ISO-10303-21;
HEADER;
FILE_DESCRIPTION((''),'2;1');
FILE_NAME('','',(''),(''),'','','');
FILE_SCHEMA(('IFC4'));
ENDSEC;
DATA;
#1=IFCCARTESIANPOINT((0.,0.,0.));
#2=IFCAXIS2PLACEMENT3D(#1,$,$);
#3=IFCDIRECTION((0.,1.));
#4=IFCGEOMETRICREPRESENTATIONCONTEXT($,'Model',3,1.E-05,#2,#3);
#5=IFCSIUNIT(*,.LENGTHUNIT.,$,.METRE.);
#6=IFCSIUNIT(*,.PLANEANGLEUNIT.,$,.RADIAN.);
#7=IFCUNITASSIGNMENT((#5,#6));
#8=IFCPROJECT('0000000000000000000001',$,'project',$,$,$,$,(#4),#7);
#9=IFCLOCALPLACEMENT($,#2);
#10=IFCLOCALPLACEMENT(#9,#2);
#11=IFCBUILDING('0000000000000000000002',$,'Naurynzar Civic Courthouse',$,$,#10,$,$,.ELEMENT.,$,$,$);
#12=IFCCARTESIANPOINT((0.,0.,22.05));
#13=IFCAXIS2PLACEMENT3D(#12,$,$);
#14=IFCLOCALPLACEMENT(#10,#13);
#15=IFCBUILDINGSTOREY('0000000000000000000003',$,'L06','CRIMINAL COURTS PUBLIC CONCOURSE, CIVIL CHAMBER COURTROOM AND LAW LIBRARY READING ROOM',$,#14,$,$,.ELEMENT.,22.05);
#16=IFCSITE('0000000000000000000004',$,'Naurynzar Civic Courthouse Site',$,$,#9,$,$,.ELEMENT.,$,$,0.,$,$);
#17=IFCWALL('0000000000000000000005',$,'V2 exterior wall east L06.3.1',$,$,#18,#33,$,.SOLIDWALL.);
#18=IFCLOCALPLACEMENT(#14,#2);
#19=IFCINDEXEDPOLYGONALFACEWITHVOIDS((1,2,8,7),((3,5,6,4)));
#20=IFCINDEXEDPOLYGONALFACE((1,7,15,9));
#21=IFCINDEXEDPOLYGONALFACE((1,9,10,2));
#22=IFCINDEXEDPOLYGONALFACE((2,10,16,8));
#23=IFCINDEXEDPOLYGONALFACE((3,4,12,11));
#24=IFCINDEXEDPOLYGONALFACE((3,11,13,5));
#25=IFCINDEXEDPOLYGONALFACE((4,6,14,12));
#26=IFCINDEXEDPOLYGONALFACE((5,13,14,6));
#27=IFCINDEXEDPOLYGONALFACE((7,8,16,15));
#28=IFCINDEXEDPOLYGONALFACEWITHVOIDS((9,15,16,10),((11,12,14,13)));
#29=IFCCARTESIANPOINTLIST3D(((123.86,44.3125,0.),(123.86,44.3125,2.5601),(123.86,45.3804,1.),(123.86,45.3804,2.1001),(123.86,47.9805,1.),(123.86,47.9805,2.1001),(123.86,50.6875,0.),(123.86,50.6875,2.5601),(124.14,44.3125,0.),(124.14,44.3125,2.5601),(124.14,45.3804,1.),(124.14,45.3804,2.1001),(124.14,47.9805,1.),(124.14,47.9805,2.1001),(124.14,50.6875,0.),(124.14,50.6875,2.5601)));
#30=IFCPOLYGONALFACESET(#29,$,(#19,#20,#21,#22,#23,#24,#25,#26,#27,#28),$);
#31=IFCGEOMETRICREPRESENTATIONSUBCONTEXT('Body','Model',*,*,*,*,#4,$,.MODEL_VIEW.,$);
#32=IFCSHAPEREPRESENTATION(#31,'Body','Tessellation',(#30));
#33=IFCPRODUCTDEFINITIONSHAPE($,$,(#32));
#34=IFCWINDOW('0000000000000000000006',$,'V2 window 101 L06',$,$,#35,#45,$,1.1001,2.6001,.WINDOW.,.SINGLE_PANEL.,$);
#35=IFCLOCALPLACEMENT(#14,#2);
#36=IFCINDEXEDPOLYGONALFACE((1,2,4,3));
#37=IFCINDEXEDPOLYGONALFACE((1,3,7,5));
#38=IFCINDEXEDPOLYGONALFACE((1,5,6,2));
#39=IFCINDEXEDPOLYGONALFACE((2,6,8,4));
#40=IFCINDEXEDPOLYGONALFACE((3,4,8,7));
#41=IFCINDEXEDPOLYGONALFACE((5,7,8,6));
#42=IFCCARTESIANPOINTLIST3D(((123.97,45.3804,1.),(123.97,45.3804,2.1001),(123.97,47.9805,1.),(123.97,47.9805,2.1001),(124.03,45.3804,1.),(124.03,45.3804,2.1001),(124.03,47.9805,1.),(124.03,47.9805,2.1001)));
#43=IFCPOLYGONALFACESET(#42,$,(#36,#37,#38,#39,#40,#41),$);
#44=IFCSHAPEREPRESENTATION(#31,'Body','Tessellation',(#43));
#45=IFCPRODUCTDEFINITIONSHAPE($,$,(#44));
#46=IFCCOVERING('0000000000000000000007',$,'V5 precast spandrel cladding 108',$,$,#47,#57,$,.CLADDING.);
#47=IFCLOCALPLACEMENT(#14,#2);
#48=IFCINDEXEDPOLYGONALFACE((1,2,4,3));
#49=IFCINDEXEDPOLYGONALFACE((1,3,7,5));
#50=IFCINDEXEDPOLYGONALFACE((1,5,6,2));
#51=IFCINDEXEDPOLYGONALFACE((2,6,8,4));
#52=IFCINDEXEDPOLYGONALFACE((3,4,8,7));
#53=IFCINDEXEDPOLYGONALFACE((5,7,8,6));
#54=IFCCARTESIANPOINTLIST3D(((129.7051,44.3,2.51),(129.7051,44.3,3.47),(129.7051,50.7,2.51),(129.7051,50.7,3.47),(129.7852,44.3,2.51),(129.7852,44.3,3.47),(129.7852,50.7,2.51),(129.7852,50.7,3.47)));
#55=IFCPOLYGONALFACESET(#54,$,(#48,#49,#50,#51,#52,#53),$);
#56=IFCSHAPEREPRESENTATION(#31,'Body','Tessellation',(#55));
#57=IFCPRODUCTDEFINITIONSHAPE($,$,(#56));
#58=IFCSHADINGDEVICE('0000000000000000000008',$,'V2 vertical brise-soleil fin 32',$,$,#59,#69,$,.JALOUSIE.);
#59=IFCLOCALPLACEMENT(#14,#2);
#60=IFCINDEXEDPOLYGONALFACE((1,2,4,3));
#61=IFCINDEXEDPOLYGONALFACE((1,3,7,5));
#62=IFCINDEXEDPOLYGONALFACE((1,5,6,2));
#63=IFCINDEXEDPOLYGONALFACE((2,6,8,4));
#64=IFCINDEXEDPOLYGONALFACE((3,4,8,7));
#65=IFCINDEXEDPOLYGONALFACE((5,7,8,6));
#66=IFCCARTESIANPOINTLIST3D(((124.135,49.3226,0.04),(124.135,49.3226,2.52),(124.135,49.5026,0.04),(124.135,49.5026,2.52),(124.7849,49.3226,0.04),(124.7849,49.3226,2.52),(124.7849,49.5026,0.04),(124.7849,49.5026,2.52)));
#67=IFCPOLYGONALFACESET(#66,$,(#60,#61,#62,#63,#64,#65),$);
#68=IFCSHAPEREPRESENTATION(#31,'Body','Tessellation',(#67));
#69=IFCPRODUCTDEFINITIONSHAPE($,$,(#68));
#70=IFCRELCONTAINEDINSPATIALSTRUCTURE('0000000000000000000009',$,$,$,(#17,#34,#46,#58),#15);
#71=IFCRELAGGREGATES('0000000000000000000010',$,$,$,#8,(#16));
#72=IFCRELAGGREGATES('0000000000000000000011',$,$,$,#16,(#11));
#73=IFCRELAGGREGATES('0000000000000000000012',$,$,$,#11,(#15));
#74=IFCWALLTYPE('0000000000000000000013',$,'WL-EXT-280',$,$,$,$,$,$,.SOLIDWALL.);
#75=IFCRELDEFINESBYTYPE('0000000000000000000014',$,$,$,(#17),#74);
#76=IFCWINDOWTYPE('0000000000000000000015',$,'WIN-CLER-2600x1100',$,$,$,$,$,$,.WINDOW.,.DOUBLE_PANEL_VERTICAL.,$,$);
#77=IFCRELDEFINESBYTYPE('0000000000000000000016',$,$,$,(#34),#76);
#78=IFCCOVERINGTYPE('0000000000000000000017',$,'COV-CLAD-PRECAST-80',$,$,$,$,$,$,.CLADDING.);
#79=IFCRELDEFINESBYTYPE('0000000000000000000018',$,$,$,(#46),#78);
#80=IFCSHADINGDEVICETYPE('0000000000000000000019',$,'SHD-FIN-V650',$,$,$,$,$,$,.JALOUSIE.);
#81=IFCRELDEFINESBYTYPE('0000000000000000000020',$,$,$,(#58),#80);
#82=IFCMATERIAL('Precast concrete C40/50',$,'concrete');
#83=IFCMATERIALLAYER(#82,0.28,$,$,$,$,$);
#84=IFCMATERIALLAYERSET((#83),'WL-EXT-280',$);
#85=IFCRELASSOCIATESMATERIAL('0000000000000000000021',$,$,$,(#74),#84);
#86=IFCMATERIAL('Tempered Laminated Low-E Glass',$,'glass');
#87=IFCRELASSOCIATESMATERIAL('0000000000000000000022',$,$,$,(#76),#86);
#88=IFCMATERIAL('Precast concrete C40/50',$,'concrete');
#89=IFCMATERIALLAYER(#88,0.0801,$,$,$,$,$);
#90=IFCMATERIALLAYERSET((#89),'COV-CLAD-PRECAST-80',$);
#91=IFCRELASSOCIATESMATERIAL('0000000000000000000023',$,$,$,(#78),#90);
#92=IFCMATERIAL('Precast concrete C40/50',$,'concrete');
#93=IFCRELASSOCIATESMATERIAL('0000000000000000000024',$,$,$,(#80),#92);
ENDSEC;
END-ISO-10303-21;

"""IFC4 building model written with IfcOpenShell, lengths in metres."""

from ifc_helpers import new_model, si_unit, direction, frame, frame_2d, origin, origin_2d, place, context, subcontext, project, spatial, rectangle, extrude, material, layer, layer_set, type_object, element, fill, save


model = new_model("IFC4")

# Units and contexts
model_context = context("Model", 3, precision=1e-05, world=origin(), true_north=direction((0.0, 1.0)))
body_context = subcontext(model_context, "Body", "Model", "MODEL_VIEW")
ifc_project = project(units=[si_unit("LENGTHUNIT", "METRE"), si_unit("PLANEANGLEUNIT", "RADIAN")], contexts=[model_context])

# Site, building, storey
site_placement = place(None, origin())
site = spatial("IfcSite", under=ifc_project, at=site_placement, Name="Naurynzar Civic Courthouse Site", CompositionType="ELEMENT", RefElevation=0.0)
building_placement = place(site_placement, origin())
building = spatial("IfcBuilding", under=site, at=building_placement, Name="Naurynzar Civic Courthouse", CompositionType="ELEMENT")
storey_placement = place(building_placement, frame((0.0, 0.0, 22.05)))
storey = spatial("IfcBuildingStorey", under=building, at=storey_placement, Name="L06", Description="CRIMINAL COURTS PUBLIC CONCOURSE, CIVIL CHAMBER COURTROOM AND LAW LIBRARY READING ROOM", CompositionType="ELEMENT", Elevation=22.05)

# Wall, opening, window
ifc_material_1 = material(Name="Precast concrete C40/50", Category="concrete")
ifc_layer_1 = layer(ifc_material_1, 0.28)
ifc_layer_set_1 = layer_set([ifc_layer_1], Name="WL-EXT-280")
wall_type = type_object("IfcWallType", Name="WL-EXT-280", PredefinedType="SOLIDWALL", material=ifc_layer_set_1)
wall_placement = place(storey_placement, frame((124.0, 50.6875, 0.0), z_axis=(0.0, 0.0, 1.0), x_axis=(0.0, -1.0, 0.0)))
wall = element("IfcWall", 1, at=wall_placement, inside=storey, type_object=wall_type, Name="V2 exterior wall east L06.3.1", PredefinedType="SOLIDWALL", context=body_context, shape_type="SweptSolid", body=[
    extrude(rectangle(XDim=6.375, YDim=0.28, at=frame_2d((3.1875, 0.0))), origin(), (0.0, 0.0, 1.0), 2.5601),
])
opening_placement = place(wall_placement, frame((2.707, 0.0, 1.0)))
opening = element("IfcOpeningElement", 2, at=opening_placement, cuts=wall, PredefinedType="OPENING", context=body_context, shape_type="SweptSolid", body=[
    extrude(rectangle(XDim=2.6001, YDim=1.1001, at=frame_2d((1.3, 0.55))), frame((0.0, 0.1499, 0.0), z_axis=(0.0, -1.0, 0.0), x_axis=(1.0, 0.0, 0.0)), (0.0, 0.0, 1.0), 0.3),
])
ifc_material_2 = material(Name="Tempered Laminated Low-E Glass", Category="glass")
window_type = type_object("IfcWindowType", Name="WIN-CLER-2600x1100", PartitioningType="DOUBLE_PANEL_VERTICAL", PredefinedType="WINDOW", material=ifc_material_2)
window_placement = place(opening_placement, origin())
window = element("IfcWindow", 3, at=window_placement, inside=storey, type_object=window_type, Name="V2 window 101 L06", OverallHeight=1.1001, OverallWidth=2.6001, PartitioningType="SINGLE_PANEL", PredefinedType="WINDOW", context=body_context, shape_type="SweptSolid", body=[
    extrude(rectangle(XDim=2.6001, YDim=1.1001, at=frame_2d((1.3, 0.55))), frame((0.0, 0.03, 0.0), z_axis=(0.0, -1.0, 0.0), x_axis=(1.0, 0.0, 0.0)), (0.0, 0.0, 1.0), 0.0601),
])
fill(opening, window)

# Covering
ifc_material_3 = material(Name="Precast concrete C40/50", Category="concrete")
ifc_layer_2 = layer(ifc_material_3, 0.0801)
ifc_layer_set_2 = layer_set([ifc_layer_2], Name="COV-CLAD-PRECAST-80")
covering_type = type_object("IfcCoveringType", Name="COV-CLAD-PRECAST-80", PredefinedType="CLADDING", material=ifc_layer_set_2)
covering_placement = place(storey_placement, frame((129.7451, 47.5, 2.51), z_axis=(0.0, 0.0, 1.0), x_axis=(0.0, 1.0, 0.0)))
element("IfcCovering", 4, at=covering_placement, inside=storey, type_object=covering_type, Name="V5 precast spandrel cladding 108", PredefinedType="CLADDING", context=body_context, shape_type="SweptSolid", body=[
    extrude(rectangle(XDim=6.3999, YDim=0.0801, at=origin_2d()), origin(), (0.0, 0.0, 1.0), 0.96),
])

# Shading device
ifc_material_4 = material(Name="Precast concrete C40/50", Category="concrete")
shading_device_type = type_object("IfcShadingDeviceType", Name="SHD-FIN-V650", PredefinedType="JALOUSIE", material=ifc_material_4)
shading_device_placement = place(storey_placement, frame((124.46, 49.4126, 0.04), z_axis=(0.0, 0.0, 1.0), x_axis=(0.0, -1.0, 0.0)))
element("IfcShadingDevice", 5, at=shading_device_placement, inside=storey, type_object=shading_device_type, Name="V2 vertical brise-soleil fin 32", PredefinedType="JALOUSIE", context=body_context, shape_type="SweptSolid", body=[
    extrude(rectangle(XDim=0.1799, YDim=0.6499, at=origin_2d()), origin(), (0.0, 0.0, 1.0), 2.48),
])

save(model, "model.ifc")
